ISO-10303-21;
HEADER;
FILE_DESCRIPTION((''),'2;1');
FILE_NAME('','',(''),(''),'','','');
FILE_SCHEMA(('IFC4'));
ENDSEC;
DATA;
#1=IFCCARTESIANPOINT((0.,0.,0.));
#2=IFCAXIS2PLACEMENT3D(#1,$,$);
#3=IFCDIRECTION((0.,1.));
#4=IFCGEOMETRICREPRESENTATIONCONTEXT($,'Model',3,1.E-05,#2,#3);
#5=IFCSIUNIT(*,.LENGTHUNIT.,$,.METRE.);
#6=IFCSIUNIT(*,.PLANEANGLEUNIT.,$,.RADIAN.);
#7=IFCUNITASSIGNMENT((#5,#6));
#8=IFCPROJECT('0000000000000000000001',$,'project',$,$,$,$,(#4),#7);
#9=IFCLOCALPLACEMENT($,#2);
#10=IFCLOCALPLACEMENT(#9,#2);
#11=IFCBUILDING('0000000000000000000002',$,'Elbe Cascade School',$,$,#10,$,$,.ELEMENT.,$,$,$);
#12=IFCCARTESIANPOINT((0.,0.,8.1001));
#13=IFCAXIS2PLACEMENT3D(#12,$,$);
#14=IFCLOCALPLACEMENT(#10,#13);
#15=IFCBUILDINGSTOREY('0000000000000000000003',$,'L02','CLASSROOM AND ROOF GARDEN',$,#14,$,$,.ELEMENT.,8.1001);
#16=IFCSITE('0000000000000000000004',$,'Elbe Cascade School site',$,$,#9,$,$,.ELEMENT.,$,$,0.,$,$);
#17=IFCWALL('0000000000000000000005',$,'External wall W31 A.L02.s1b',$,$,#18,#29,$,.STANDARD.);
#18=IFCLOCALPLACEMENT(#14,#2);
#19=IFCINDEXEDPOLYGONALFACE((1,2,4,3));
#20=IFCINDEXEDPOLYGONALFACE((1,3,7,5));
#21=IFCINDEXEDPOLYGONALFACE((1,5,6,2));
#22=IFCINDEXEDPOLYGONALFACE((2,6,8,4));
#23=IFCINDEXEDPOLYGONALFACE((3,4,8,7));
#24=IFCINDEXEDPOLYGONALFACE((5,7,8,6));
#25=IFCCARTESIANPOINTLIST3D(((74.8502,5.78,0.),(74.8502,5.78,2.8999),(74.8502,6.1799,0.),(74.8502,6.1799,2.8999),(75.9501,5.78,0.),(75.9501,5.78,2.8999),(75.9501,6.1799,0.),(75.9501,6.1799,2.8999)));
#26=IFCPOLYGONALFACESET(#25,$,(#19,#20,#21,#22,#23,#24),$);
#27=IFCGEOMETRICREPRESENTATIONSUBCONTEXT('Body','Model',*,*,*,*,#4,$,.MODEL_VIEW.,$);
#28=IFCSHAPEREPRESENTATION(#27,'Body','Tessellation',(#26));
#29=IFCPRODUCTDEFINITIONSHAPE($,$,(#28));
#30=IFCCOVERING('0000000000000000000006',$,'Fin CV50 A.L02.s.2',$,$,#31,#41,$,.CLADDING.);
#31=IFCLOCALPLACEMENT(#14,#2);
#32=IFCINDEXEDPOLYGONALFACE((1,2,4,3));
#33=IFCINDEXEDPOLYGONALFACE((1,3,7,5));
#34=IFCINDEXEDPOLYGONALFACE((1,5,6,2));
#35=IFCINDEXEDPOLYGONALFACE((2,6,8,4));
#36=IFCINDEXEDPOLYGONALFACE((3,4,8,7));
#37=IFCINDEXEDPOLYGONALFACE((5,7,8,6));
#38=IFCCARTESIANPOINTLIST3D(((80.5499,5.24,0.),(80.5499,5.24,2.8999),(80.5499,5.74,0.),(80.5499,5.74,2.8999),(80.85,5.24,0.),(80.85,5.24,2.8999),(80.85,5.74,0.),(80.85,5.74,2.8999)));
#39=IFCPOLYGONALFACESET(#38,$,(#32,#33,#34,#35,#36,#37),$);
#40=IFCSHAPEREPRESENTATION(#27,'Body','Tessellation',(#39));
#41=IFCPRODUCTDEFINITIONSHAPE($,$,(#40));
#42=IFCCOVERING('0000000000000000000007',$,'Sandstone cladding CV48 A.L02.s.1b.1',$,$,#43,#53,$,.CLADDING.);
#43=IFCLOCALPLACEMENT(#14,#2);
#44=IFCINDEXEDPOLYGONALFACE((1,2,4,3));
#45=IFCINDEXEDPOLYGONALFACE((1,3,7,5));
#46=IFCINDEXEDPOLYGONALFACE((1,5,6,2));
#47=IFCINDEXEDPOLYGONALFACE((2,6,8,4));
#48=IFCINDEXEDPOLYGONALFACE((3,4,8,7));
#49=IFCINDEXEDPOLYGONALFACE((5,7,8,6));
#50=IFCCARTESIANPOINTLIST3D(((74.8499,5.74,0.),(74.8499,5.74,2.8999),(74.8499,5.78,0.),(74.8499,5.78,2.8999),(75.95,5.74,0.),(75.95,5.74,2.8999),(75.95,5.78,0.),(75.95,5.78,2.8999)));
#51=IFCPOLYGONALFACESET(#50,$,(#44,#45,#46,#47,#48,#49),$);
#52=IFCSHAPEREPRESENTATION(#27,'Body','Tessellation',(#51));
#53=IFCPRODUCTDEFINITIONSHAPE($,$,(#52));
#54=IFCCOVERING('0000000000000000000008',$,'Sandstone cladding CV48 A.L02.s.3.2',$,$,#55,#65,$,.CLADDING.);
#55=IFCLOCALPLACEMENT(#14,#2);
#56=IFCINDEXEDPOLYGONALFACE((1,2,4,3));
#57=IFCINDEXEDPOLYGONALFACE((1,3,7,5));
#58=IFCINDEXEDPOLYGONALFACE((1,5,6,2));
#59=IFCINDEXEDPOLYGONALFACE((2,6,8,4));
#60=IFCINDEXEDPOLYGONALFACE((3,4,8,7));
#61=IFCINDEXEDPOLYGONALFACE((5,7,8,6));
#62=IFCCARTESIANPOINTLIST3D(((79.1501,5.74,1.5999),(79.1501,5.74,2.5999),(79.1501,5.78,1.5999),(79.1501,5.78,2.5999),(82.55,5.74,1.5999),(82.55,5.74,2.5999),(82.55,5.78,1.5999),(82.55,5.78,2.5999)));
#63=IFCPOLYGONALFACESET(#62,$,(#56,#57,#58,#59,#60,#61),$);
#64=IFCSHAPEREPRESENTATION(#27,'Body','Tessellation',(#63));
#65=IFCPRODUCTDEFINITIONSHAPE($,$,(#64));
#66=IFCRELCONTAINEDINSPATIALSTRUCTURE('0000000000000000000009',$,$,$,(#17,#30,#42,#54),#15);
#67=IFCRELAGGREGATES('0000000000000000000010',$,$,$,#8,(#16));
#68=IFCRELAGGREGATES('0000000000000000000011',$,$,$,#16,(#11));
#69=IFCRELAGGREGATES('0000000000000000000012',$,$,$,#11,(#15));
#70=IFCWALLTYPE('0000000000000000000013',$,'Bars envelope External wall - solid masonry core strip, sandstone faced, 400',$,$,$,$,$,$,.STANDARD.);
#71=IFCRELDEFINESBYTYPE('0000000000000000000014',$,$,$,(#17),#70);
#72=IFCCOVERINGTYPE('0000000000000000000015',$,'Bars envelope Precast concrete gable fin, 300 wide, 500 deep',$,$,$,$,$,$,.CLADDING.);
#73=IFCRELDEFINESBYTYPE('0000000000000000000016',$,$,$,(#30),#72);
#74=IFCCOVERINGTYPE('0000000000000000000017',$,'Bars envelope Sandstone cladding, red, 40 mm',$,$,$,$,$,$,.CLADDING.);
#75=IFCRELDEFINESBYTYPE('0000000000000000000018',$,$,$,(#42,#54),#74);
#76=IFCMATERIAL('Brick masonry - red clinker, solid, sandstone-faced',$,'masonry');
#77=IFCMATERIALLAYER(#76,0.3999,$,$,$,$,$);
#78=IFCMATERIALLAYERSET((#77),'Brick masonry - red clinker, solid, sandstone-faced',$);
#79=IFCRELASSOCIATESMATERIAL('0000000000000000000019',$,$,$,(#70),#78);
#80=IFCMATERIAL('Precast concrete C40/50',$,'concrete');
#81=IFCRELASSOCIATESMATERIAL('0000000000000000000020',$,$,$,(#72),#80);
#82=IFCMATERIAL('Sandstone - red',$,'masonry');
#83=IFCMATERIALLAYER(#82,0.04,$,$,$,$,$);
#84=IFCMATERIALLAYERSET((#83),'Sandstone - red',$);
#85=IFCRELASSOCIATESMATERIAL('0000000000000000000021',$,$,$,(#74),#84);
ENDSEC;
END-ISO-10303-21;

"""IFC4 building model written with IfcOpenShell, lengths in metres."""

from ifc_helpers import new_model, si_unit, direction, frame, frame_2d, origin, origin_2d, place, context, subcontext, project, spatial, rectangle, extrude, material, layer, layer_set, type_object, element, save


model = new_model("IFC4")

# Units and contexts
model_context = context("Model", 3, precision=1e-05, world=origin(), true_north=direction((0.0, 1.0)))
body_context = subcontext(model_context, "Body", "Model", "MODEL_VIEW")
ifc_project = project(units=[si_unit("LENGTHUNIT", "METRE"), si_unit("PLANEANGLEUNIT", "RADIAN")], contexts=[model_context])

# Site, building, storey
site_placement = place(None, origin())
site = spatial("IfcSite", under=ifc_project, at=site_placement, Name="Elbe Cascade School site", CompositionType="ELEMENT", RefElevation=0.0)
building_placement = place(site_placement, origin())
building = spatial("IfcBuilding", under=site, at=building_placement, Name="Elbe Cascade School", CompositionType="ELEMENT")
storey_placement = place(building_placement, frame((0.0, 0.0, 8.1001)))
storey = spatial("IfcBuildingStorey", under=building, at=storey_placement, Name="L02", Description="CLASSROOM AND ROOF GARDEN", CompositionType="ELEMENT", Elevation=8.1001)

# Wall
ifc_material_1 = material(Name="Brick masonry - red clinker, solid, sandstone-faced", Category="masonry")
ifc_layer_1 = layer(ifc_material_1, 0.3999)
ifc_layer_set_1 = layer_set([ifc_layer_1], Name="Brick masonry - red clinker, solid, sandstone-faced")
wall_type = type_object("IfcWallType", Name="Bars envelope External wall - solid masonry core strip, sandstone faced, 400", PredefinedType="STANDARD", material=ifc_layer_set_1)
wall_placement = place(storey_placement, frame((75.95, 5.98, 0.0), z_axis=(0.0, 0.0, 1.0), x_axis=(-1.0, 0.0, 0.0)))
element("IfcWall", 1, at=wall_placement, inside=storey, type_object=wall_type, Name="External wall W31 A.L02.s1b", PredefinedType="STANDARD", context=body_context, shape_type="SweptSolid", body=[
    extrude(rectangle(XDim=1.0999, YDim=0.3999, at=frame_2d((0.5498, 0.0))), origin(), (0.0, 0.0, 1.0), 2.8999),
])

# Coverings
ifc_material_2 = material(Name="Precast concrete C40/50", Category="concrete")
covering_type_1 = type_object("IfcCoveringType", Name="Bars envelope Precast concrete gable fin, 300 wide, 500 deep", PredefinedType="CLADDING", material=ifc_material_2)
covering_1_placement = place(storey_placement, frame((80.7, 5.49, 0.0), z_axis=(0.0, 0.0, 1.0), x_axis=(1.0, 0.0, 0.0)))
element("IfcCovering", 2, at=covering_1_placement, inside=storey, type_object=covering_type_1, Name="Fin CV50 A.L02.s.2", PredefinedType="CLADDING", context=body_context, shape_type="SweptSolid", body=[
    extrude(rectangle(XDim=0.3, YDim=0.5, at=origin_2d()), origin(), (0.0, 0.0, 1.0), 2.8999),
])
ifc_material_3 = material(Name="Sandstone - red", Category="masonry")
ifc_layer_2 = layer(ifc_material_3, 0.04)
ifc_layer_set_2 = layer_set([ifc_layer_2], Name="Sandstone - red")
covering_type_2 = type_object("IfcCoveringType", Name="Bars envelope Sandstone cladding, red, 40 mm", PredefinedType="CLADDING", material=ifc_layer_set_2)
covering_2_placement = place(storey_placement, frame((75.3999, 5.76, 0.0), z_axis=(0.0, 0.0, 1.0), x_axis=(1.0, 0.0, 0.0)))
element("IfcCovering", 3, at=covering_2_placement, inside=storey, type_object=covering_type_2, Name="Sandstone cladding CV48 A.L02.s.1b.1", PredefinedType="CLADDING", context=body_context, shape_type="SweptSolid", body=[
    extrude(rectangle(XDim=1.1001, YDim=0.04, at=origin_2d()), origin(), (0.0, 0.0, 1.0), 2.8999),
])
covering_3_placement = place(storey_placement, frame((80.8501, 5.76, 1.5999), z_axis=(0.0, 0.0, 1.0), x_axis=(1.0, 0.0, 0.0)))
element("IfcCovering", 4, at=covering_3_placement, inside=storey, type_object=covering_type_2, Name="Sandstone cladding CV48 A.L02.s.3.2", PredefinedType="CLADDING", context=body_context, shape_type="SweptSolid", body=[
    extrude(rectangle(XDim=3.3999, YDim=0.04, at=origin_2d()), origin(), (0.0, 0.0, 1.0), 1.0),
])

save(model, "model.ifc")
